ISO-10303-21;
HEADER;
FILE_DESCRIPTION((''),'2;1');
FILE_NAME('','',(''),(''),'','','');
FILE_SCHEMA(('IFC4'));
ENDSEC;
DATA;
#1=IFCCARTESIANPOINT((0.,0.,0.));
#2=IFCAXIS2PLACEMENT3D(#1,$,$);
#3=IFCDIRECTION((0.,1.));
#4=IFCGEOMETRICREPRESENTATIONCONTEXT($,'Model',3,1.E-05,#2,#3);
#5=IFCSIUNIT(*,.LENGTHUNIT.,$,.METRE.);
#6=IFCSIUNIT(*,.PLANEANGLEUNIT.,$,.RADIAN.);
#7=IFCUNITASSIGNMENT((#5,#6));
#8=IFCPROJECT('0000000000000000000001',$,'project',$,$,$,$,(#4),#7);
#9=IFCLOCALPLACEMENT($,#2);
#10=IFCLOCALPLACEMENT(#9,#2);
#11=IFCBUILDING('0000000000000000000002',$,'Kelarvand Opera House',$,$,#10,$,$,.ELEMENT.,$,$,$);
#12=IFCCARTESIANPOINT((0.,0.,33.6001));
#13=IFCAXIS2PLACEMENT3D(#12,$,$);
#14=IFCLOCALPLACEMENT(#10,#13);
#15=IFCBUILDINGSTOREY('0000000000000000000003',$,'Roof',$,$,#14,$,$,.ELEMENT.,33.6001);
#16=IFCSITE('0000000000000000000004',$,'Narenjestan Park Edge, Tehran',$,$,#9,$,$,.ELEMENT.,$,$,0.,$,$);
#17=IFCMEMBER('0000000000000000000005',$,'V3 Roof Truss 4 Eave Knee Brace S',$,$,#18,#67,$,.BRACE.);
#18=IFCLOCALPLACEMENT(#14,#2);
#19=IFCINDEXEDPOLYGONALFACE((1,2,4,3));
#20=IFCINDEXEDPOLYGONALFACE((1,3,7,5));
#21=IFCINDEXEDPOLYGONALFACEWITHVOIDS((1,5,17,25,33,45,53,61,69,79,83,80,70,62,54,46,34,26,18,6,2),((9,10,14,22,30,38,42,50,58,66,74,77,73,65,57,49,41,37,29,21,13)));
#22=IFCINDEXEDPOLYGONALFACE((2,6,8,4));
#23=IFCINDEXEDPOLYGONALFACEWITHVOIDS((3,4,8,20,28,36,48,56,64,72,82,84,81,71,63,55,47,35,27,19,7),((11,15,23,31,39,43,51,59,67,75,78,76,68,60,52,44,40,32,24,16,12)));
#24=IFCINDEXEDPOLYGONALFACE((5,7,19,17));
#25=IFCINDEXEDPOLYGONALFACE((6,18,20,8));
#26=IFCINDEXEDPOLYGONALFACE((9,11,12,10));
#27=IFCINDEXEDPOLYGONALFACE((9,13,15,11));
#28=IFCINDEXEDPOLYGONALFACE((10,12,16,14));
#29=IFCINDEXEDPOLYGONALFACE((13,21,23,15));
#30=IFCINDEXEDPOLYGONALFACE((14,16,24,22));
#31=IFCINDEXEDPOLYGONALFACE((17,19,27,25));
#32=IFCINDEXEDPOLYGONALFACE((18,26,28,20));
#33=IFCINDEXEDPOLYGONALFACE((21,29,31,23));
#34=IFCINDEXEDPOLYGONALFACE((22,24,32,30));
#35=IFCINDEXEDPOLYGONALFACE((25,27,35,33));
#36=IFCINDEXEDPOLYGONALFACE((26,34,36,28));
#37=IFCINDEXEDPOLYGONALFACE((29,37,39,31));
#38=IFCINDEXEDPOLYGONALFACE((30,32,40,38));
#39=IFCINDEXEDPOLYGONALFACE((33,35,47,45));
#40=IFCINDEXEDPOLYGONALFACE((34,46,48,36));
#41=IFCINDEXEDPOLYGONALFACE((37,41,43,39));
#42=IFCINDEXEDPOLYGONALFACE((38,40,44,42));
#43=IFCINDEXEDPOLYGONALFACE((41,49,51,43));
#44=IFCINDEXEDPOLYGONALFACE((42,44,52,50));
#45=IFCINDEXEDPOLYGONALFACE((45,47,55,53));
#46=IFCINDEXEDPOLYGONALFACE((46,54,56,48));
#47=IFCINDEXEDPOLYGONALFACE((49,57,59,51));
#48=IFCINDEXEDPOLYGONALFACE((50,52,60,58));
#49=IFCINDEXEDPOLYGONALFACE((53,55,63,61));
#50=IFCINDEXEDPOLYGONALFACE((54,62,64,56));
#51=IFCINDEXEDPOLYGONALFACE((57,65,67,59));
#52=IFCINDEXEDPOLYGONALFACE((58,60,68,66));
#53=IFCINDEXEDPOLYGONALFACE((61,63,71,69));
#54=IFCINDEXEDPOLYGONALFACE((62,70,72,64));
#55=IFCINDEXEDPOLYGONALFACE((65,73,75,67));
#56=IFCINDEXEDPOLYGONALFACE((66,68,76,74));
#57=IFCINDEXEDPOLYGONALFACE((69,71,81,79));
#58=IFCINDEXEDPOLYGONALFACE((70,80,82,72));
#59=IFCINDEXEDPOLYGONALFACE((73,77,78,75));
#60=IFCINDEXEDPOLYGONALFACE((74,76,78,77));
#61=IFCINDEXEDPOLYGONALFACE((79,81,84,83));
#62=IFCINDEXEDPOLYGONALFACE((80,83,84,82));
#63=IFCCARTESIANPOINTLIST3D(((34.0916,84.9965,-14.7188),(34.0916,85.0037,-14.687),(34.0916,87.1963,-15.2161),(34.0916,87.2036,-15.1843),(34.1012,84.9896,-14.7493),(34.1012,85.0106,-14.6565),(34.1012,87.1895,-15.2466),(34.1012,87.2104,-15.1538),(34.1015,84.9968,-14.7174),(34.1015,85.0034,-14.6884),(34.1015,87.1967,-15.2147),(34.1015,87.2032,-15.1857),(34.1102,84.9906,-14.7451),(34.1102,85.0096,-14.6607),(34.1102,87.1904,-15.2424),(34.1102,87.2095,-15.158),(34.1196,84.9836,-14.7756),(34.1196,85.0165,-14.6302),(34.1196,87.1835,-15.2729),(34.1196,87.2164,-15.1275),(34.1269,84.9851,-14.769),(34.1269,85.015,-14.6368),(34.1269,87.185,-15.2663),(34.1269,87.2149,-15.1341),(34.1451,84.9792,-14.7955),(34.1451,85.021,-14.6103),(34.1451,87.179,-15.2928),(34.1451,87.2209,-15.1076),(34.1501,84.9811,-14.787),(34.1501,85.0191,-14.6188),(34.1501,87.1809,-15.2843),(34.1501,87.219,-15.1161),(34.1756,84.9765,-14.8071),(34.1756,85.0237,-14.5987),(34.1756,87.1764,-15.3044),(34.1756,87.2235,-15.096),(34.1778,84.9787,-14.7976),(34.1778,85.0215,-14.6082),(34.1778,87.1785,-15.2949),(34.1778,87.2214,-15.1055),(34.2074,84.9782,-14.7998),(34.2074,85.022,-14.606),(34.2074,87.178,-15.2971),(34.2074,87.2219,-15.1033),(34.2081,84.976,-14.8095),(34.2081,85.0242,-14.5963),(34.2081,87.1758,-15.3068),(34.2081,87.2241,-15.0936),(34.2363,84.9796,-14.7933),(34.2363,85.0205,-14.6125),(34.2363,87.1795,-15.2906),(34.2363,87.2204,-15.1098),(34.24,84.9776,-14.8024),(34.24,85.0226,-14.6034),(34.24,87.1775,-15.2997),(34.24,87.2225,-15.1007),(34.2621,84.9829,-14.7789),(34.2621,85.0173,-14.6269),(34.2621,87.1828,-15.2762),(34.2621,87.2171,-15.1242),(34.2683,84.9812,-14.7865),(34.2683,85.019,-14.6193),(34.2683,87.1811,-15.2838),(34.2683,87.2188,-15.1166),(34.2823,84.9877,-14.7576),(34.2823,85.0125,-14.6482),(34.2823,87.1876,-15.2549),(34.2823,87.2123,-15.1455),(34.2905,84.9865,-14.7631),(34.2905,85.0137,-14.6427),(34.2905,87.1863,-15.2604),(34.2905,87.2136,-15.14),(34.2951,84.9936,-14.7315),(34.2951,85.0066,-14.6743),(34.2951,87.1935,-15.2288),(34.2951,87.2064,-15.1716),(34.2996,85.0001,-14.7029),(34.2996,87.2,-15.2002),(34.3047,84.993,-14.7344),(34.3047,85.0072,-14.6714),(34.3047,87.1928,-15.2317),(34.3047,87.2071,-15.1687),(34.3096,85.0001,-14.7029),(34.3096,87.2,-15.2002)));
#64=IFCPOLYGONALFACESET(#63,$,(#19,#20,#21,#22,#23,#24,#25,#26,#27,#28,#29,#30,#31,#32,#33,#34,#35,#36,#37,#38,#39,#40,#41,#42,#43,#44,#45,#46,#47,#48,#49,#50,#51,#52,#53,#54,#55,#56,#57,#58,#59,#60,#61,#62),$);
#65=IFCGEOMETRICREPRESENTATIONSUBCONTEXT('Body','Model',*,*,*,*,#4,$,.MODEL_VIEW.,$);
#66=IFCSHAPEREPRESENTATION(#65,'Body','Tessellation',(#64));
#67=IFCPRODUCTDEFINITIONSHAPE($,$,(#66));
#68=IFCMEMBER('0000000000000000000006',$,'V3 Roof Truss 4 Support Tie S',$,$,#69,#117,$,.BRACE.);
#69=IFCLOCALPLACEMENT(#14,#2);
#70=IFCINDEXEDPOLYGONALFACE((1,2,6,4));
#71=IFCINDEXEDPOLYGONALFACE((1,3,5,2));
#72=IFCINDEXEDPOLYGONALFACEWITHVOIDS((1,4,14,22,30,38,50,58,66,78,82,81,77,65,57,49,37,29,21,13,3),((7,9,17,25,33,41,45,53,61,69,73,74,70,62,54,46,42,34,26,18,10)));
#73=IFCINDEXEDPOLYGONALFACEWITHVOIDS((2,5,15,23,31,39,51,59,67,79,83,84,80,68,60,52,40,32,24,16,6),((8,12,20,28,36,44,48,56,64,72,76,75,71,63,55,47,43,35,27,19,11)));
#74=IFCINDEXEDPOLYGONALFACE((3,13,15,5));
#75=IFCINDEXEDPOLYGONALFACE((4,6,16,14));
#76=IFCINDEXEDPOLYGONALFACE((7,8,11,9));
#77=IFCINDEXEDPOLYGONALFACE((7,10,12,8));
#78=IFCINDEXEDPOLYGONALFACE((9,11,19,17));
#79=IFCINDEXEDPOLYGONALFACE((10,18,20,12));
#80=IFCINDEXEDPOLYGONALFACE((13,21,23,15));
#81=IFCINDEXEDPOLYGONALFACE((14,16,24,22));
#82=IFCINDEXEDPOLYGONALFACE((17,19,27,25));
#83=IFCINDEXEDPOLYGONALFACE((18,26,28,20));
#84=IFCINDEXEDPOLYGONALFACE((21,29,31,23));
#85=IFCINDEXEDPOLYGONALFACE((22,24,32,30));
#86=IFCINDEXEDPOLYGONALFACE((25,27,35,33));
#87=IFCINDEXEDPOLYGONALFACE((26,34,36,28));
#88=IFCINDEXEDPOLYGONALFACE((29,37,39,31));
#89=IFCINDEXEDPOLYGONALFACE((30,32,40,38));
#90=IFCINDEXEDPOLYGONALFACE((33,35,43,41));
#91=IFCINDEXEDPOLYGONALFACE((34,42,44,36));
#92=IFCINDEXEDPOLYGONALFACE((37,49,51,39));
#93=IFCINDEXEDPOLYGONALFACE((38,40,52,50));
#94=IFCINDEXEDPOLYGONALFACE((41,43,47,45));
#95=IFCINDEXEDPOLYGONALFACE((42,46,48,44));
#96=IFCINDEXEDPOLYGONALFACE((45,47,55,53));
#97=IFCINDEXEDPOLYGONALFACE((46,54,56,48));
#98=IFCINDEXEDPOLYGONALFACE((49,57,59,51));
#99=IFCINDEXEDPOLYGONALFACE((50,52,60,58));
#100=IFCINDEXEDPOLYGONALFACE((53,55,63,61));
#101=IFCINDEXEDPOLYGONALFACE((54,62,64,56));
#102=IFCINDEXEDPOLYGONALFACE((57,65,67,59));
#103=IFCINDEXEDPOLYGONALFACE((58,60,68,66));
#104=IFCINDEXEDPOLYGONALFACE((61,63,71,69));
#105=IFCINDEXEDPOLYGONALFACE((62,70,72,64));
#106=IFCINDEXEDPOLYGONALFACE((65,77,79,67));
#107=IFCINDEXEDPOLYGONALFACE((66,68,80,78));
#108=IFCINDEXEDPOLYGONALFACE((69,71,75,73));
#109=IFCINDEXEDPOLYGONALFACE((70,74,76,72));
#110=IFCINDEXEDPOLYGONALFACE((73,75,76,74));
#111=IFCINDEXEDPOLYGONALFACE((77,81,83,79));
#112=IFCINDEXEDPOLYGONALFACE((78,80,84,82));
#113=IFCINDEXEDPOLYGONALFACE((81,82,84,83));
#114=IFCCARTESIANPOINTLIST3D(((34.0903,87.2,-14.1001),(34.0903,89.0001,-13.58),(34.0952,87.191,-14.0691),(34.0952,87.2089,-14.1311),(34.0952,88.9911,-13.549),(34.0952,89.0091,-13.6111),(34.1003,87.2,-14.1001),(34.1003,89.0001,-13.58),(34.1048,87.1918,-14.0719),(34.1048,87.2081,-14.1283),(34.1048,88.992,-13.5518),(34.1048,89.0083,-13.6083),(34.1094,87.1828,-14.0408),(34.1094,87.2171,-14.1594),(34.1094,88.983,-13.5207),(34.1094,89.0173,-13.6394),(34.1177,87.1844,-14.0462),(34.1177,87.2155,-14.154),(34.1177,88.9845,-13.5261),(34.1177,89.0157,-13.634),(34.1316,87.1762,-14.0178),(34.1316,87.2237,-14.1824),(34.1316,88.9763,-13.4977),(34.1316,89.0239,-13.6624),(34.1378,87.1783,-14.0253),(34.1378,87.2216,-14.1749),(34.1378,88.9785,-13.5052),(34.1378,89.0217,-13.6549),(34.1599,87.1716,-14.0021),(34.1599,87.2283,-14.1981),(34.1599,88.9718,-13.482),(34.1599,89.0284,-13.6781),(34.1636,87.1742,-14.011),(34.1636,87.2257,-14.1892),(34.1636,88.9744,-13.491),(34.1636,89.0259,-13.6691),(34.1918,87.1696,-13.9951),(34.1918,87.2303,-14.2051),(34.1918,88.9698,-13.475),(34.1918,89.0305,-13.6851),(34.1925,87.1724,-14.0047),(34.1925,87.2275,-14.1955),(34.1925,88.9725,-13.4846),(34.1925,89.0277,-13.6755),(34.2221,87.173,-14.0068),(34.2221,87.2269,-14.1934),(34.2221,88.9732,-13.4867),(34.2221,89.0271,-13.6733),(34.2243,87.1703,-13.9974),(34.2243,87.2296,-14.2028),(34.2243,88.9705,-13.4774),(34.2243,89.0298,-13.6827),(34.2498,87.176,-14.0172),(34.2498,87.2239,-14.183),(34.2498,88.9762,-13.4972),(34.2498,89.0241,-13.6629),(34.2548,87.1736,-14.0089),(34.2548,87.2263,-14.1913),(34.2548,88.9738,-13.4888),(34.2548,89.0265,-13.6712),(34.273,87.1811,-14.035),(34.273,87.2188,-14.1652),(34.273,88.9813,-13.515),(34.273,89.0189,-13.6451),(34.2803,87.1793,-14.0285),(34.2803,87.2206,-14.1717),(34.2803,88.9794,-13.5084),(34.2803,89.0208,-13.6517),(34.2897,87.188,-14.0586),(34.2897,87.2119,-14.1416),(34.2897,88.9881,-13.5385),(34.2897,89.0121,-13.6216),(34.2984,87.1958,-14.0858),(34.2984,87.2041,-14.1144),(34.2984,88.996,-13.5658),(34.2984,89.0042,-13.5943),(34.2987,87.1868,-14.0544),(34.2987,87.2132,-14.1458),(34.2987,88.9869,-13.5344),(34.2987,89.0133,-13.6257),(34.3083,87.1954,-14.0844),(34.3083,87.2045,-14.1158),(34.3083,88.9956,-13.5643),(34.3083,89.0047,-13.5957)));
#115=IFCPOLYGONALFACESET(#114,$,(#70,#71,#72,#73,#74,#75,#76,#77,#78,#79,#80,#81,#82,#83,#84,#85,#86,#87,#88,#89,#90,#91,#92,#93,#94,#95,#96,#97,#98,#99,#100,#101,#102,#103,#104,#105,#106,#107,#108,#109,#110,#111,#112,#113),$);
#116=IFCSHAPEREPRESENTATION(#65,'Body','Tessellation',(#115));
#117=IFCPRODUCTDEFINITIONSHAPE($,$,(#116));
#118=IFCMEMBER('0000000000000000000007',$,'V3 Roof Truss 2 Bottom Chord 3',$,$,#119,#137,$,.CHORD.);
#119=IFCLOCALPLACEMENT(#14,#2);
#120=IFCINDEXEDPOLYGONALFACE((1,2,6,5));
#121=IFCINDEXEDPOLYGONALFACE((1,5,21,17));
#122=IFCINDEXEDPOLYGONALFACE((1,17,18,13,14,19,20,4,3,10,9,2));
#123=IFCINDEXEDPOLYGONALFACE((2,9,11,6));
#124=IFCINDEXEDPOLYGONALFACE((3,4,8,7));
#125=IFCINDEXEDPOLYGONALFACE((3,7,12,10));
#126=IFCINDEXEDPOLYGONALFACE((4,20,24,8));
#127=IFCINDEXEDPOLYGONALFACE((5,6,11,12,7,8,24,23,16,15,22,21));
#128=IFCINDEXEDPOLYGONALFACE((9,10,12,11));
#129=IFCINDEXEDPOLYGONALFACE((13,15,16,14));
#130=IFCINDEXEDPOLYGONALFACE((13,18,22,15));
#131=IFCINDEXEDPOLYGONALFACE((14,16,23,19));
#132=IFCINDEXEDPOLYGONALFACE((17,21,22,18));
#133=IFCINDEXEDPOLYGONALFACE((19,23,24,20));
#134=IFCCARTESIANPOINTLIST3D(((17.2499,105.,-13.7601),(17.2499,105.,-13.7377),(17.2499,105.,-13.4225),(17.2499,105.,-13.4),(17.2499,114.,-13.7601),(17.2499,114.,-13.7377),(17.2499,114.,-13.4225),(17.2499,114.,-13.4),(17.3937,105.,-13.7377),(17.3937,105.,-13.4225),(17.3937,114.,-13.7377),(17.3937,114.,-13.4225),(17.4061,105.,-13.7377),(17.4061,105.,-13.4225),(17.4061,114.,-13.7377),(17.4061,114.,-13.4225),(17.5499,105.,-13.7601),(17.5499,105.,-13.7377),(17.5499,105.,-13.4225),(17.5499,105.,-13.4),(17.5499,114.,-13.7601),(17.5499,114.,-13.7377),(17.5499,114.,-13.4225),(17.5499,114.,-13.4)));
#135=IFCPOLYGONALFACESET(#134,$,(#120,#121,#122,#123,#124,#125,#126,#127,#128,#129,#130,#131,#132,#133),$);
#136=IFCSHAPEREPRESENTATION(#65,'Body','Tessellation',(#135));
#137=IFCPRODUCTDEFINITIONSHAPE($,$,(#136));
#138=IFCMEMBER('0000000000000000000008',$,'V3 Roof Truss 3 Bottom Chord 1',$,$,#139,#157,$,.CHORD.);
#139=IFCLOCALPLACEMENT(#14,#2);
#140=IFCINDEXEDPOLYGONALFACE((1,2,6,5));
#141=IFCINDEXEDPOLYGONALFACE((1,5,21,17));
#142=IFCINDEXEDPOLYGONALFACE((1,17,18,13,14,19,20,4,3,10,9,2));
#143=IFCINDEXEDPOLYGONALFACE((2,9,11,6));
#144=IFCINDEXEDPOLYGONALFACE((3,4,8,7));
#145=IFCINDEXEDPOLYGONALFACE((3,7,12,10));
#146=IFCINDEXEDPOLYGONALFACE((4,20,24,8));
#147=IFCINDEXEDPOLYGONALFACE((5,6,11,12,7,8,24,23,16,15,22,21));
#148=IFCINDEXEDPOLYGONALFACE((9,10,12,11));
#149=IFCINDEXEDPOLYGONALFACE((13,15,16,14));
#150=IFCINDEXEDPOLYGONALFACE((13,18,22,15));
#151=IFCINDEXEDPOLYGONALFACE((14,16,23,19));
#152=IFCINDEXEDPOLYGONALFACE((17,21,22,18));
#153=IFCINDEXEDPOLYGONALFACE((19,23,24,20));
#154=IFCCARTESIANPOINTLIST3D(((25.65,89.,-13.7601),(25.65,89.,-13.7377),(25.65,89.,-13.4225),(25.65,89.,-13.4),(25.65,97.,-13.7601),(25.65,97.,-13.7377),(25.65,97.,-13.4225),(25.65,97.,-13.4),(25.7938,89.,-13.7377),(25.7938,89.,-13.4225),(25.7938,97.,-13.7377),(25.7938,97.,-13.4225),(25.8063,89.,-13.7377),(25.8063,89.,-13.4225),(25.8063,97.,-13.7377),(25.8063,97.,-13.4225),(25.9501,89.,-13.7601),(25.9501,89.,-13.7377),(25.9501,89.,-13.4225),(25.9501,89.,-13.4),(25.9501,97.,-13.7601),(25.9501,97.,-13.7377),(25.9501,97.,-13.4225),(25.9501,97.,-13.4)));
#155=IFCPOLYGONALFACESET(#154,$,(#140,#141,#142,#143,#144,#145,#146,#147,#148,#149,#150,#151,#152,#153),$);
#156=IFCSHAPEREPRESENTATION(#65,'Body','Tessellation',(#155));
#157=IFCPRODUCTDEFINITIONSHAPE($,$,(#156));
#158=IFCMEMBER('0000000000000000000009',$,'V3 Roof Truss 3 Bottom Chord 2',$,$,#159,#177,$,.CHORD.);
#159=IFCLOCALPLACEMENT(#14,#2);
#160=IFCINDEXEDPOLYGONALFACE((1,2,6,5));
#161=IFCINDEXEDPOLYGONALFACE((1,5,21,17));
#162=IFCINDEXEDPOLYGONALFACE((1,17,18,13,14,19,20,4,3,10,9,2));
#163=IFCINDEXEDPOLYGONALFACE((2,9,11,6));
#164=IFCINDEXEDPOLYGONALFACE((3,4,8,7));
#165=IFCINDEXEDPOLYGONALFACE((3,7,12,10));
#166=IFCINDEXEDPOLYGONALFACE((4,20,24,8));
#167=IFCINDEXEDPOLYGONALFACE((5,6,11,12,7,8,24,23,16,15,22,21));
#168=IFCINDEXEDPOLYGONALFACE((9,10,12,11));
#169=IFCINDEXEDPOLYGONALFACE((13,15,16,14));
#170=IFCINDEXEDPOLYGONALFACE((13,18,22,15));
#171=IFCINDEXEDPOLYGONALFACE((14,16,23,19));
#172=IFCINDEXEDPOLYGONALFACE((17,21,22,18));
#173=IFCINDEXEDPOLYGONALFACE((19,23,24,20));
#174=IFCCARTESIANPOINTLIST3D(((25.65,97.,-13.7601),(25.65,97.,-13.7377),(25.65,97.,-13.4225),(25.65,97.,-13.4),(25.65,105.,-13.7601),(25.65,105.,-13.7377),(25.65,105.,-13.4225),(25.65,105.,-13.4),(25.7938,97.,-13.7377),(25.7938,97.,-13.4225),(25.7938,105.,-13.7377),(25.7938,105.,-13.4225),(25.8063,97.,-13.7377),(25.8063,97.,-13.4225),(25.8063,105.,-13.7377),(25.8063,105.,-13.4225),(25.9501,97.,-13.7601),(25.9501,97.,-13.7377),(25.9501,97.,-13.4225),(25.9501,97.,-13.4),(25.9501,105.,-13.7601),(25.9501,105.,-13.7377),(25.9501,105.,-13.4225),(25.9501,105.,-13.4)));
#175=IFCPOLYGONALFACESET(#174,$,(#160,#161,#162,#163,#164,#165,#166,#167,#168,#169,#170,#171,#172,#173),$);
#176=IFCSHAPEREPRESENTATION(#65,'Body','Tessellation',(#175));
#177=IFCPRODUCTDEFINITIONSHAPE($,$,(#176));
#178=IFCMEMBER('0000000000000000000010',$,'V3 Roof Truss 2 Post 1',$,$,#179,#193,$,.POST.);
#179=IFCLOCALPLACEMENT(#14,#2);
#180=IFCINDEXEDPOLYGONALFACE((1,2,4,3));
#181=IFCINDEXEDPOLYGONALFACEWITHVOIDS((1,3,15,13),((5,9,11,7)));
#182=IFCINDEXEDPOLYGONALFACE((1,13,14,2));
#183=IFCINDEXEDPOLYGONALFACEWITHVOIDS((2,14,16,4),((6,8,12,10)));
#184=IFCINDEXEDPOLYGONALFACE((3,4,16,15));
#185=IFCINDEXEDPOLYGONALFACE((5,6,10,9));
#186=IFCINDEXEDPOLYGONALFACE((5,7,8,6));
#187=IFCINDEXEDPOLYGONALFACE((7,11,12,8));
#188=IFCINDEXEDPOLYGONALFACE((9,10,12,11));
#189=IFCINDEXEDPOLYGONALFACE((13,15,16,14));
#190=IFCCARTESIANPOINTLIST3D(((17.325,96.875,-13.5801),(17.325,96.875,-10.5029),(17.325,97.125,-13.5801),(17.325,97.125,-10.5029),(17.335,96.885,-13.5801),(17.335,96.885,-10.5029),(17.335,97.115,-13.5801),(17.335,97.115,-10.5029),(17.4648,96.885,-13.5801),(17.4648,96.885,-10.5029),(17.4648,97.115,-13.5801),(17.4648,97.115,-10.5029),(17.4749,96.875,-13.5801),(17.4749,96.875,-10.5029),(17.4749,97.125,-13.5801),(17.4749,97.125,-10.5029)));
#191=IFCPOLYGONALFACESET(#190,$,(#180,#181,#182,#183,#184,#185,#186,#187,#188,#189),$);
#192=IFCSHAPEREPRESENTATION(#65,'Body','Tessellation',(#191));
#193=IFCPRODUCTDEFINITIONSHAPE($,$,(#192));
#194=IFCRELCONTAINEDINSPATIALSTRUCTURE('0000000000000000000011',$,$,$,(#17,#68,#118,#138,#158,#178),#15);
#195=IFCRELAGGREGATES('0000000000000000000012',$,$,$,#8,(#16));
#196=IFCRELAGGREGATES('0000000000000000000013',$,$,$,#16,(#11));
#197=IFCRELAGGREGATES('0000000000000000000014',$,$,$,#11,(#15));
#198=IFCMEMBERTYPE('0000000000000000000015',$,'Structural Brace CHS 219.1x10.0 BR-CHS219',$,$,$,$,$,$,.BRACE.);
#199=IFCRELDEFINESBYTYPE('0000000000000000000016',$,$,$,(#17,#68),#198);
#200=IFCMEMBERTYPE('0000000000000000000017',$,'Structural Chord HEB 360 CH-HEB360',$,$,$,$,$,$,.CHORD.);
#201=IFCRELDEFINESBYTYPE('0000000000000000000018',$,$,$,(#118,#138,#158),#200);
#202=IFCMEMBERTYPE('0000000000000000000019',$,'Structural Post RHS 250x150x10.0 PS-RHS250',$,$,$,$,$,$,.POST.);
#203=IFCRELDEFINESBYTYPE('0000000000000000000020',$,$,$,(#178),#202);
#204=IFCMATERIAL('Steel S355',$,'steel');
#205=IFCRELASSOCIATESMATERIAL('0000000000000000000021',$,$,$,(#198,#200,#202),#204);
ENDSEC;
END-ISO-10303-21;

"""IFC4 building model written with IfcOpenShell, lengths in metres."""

from ifc_helpers import new_model, si_unit, direction, frame, origin, origin_2d, place, context, subcontext, project, spatial, hollow_rectangle, hollow_circle, i_section, extrude, material, material_profile, profile_set, type_object, element, save


model = new_model("IFC4")

# Units and contexts
model_context = context("Model", 3, precision=1e-05, world=origin(), true_north=direction((0.0, 1.0)))
body_context = subcontext(model_context, "Body", "Model", "MODEL_VIEW")
ifc_project = project(units=[si_unit("LENGTHUNIT", "METRE"), si_unit("PLANEANGLEUNIT", "RADIAN")], contexts=[model_context])

# Site, building, storey
site_placement = place(None, origin())
site = spatial("IfcSite", under=ifc_project, at=site_placement, Name="Narenjestan Park Edge, Tehran", CompositionType="ELEMENT", RefElevation=0.0)
building_placement = place(site_placement, origin())
building = spatial("IfcBuilding", under=site, at=building_placement, Name="Kelarvand Opera House", CompositionType="ELEMENT")
storey_placement = place(building_placement, frame((0.0, 0.0, 33.6001)))
storey = spatial("IfcBuildingStorey", under=building, at=storey_placement, Name="Roof", CompositionType="ELEMENT", Elevation=33.6001)

# Members
ifc_material = material(Name="Steel S355", Category="steel")
ifc_material_profile_1 = material_profile(ifc_material, hollow_circle(Radius=0.1096, WallThickness=0.01, at=origin_2d()), Name="CHS 219.1x10.0", Category="steel")
ifc_profile_set_1 = profile_set([ifc_material_profile_1], Name="Steel S355")
member_type_1 = type_object("IfcMemberType", Name="Structural Brace CHS 219.1x10.0 BR-CHS219", PredefinedType="BRACE", material=ifc_profile_set_1)
member_1_placement = place(storey_placement, frame((34.2, 87.2, -15.2002), z_axis=(0.0, -0.975388, 0.220493), x_axis=(1.0, 0.0, 0.0)))
element("IfcMember", 1, at=member_1_placement, inside=storey, type_object=member_type_1, Name="V3 Roof Truss 4 Eave Knee Brace S", PredefinedType="BRACE", context=body_context, shape_type="SweptSolid", body=[
    extrude(hollow_circle(Radius=0.1096, WallThickness=0.01, at=origin_2d()), origin(), (0.0, 0.0, 1.0), 2.2554),
])
member_2_placement = place(storey_placement, frame((34.2, 87.2, -14.1001), z_axis=(0.0, 0.960713, 0.277542), x_axis=(-1.0, 0.0, 0.0)))
element("IfcMember", 2, at=member_2_placement, inside=storey, type_object=member_type_1, Name="V3 Roof Truss 4 Support Tie S", PredefinedType="BRACE", context=body_context, shape_type="SweptSolid", body=[
    extrude(hollow_circle(Radius=0.1096, WallThickness=0.01, at=origin_2d()), origin(), (0.0, 0.0, 1.0), 1.8738),
])
ifc_material_profile_2 = material_profile(ifc_material, i_section(OverallWidth=0.3, OverallDepth=0.3601, WebThickness=0.0125, FlangeThickness=0.0225, at=origin_2d()), Name="HEB 360", Category="steel")
ifc_profile_set_2 = profile_set([ifc_material_profile_2], Name="Steel S355")
member_type_2 = type_object("IfcMemberType", Name="Structural Chord HEB 360 CH-HEB360", PredefinedType="CHORD", material=ifc_profile_set_2)
member_3_placement = place(storey_placement, frame((17.3999, 105.0, -13.5801), z_axis=(0.0, 1.0, 0.0), x_axis=(-1.0, 0.0, 0.0)))
element("IfcMember", 3, at=member_3_placement, inside=storey, type_object=member_type_2, Name="V3 Roof Truss 2 Bottom Chord 3", PredefinedType="CHORD", context=body_context, shape_type="SweptSolid", body=[
    extrude(i_section(OverallWidth=0.3, OverallDepth=0.3601, WebThickness=0.0125, FlangeThickness=0.0225, at=origin_2d()), origin(), (0.0, 0.0, 1.0), 9.0),
])
for number, where, z_axis, x_axis, name in (
    (4, (25.8, 89.0, -13.5801), (0.0, 1.0, 0.0), (-1.0, 0.0, 0.0), "V3 Roof Truss 3 Bottom Chord 1"),
    (5, (25.8, 97.0, -13.5801), (0.0, 1.0, 0.0), (-1.0, 0.0, 0.0), "V3 Roof Truss 3 Bottom Chord 2"),
):
    element("IfcMember", number, at=place(storey_placement, frame(where, z_axis=z_axis, x_axis=x_axis)), inside=storey, type_object=member_type_2, Name=name, PredefinedType="CHORD", context=body_context, shape_type="SweptSolid", body=[
        extrude(i_section(OverallWidth=0.3, OverallDepth=0.3601, WebThickness=0.0125, FlangeThickness=0.0225, at=origin_2d()), origin(), (0.0, 0.0, 1.0), 8.0),
    ])
ifc_material_profile_3 = material_profile(ifc_material, hollow_rectangle(XDim=0.1499, YDim=0.25, WallThickness=0.01, at=origin_2d()), Name="RHS 250x150x10.0", Category="steel")
ifc_profile_set_3 = profile_set([ifc_material_profile_3], Name="Steel S355")
member_type_3 = type_object("IfcMemberType", Name="Structural Post RHS 250x150x10.0 PS-RHS250", PredefinedType="POST", material=ifc_profile_set_3)
member_4_placement = place(storey_placement, frame((17.3999, 97.0, -13.5801), z_axis=(0.0, 0.0, 1.0), x_axis=(1.0, 0.0, 0.0)))
element("IfcMember", 6, at=member_4_placement, inside=storey, type_object=member_type_3, Name="V3 Roof Truss 2 Post 1", PredefinedType="POST", context=body_context, shape_type="SweptSolid", body=[
    extrude(hollow_rectangle(XDim=0.1499, YDim=0.25, WallThickness=0.01, at=origin_2d()), origin(), (0.0, 0.0, 1.0), 3.0771),
])

save(model, "model.ifc")
